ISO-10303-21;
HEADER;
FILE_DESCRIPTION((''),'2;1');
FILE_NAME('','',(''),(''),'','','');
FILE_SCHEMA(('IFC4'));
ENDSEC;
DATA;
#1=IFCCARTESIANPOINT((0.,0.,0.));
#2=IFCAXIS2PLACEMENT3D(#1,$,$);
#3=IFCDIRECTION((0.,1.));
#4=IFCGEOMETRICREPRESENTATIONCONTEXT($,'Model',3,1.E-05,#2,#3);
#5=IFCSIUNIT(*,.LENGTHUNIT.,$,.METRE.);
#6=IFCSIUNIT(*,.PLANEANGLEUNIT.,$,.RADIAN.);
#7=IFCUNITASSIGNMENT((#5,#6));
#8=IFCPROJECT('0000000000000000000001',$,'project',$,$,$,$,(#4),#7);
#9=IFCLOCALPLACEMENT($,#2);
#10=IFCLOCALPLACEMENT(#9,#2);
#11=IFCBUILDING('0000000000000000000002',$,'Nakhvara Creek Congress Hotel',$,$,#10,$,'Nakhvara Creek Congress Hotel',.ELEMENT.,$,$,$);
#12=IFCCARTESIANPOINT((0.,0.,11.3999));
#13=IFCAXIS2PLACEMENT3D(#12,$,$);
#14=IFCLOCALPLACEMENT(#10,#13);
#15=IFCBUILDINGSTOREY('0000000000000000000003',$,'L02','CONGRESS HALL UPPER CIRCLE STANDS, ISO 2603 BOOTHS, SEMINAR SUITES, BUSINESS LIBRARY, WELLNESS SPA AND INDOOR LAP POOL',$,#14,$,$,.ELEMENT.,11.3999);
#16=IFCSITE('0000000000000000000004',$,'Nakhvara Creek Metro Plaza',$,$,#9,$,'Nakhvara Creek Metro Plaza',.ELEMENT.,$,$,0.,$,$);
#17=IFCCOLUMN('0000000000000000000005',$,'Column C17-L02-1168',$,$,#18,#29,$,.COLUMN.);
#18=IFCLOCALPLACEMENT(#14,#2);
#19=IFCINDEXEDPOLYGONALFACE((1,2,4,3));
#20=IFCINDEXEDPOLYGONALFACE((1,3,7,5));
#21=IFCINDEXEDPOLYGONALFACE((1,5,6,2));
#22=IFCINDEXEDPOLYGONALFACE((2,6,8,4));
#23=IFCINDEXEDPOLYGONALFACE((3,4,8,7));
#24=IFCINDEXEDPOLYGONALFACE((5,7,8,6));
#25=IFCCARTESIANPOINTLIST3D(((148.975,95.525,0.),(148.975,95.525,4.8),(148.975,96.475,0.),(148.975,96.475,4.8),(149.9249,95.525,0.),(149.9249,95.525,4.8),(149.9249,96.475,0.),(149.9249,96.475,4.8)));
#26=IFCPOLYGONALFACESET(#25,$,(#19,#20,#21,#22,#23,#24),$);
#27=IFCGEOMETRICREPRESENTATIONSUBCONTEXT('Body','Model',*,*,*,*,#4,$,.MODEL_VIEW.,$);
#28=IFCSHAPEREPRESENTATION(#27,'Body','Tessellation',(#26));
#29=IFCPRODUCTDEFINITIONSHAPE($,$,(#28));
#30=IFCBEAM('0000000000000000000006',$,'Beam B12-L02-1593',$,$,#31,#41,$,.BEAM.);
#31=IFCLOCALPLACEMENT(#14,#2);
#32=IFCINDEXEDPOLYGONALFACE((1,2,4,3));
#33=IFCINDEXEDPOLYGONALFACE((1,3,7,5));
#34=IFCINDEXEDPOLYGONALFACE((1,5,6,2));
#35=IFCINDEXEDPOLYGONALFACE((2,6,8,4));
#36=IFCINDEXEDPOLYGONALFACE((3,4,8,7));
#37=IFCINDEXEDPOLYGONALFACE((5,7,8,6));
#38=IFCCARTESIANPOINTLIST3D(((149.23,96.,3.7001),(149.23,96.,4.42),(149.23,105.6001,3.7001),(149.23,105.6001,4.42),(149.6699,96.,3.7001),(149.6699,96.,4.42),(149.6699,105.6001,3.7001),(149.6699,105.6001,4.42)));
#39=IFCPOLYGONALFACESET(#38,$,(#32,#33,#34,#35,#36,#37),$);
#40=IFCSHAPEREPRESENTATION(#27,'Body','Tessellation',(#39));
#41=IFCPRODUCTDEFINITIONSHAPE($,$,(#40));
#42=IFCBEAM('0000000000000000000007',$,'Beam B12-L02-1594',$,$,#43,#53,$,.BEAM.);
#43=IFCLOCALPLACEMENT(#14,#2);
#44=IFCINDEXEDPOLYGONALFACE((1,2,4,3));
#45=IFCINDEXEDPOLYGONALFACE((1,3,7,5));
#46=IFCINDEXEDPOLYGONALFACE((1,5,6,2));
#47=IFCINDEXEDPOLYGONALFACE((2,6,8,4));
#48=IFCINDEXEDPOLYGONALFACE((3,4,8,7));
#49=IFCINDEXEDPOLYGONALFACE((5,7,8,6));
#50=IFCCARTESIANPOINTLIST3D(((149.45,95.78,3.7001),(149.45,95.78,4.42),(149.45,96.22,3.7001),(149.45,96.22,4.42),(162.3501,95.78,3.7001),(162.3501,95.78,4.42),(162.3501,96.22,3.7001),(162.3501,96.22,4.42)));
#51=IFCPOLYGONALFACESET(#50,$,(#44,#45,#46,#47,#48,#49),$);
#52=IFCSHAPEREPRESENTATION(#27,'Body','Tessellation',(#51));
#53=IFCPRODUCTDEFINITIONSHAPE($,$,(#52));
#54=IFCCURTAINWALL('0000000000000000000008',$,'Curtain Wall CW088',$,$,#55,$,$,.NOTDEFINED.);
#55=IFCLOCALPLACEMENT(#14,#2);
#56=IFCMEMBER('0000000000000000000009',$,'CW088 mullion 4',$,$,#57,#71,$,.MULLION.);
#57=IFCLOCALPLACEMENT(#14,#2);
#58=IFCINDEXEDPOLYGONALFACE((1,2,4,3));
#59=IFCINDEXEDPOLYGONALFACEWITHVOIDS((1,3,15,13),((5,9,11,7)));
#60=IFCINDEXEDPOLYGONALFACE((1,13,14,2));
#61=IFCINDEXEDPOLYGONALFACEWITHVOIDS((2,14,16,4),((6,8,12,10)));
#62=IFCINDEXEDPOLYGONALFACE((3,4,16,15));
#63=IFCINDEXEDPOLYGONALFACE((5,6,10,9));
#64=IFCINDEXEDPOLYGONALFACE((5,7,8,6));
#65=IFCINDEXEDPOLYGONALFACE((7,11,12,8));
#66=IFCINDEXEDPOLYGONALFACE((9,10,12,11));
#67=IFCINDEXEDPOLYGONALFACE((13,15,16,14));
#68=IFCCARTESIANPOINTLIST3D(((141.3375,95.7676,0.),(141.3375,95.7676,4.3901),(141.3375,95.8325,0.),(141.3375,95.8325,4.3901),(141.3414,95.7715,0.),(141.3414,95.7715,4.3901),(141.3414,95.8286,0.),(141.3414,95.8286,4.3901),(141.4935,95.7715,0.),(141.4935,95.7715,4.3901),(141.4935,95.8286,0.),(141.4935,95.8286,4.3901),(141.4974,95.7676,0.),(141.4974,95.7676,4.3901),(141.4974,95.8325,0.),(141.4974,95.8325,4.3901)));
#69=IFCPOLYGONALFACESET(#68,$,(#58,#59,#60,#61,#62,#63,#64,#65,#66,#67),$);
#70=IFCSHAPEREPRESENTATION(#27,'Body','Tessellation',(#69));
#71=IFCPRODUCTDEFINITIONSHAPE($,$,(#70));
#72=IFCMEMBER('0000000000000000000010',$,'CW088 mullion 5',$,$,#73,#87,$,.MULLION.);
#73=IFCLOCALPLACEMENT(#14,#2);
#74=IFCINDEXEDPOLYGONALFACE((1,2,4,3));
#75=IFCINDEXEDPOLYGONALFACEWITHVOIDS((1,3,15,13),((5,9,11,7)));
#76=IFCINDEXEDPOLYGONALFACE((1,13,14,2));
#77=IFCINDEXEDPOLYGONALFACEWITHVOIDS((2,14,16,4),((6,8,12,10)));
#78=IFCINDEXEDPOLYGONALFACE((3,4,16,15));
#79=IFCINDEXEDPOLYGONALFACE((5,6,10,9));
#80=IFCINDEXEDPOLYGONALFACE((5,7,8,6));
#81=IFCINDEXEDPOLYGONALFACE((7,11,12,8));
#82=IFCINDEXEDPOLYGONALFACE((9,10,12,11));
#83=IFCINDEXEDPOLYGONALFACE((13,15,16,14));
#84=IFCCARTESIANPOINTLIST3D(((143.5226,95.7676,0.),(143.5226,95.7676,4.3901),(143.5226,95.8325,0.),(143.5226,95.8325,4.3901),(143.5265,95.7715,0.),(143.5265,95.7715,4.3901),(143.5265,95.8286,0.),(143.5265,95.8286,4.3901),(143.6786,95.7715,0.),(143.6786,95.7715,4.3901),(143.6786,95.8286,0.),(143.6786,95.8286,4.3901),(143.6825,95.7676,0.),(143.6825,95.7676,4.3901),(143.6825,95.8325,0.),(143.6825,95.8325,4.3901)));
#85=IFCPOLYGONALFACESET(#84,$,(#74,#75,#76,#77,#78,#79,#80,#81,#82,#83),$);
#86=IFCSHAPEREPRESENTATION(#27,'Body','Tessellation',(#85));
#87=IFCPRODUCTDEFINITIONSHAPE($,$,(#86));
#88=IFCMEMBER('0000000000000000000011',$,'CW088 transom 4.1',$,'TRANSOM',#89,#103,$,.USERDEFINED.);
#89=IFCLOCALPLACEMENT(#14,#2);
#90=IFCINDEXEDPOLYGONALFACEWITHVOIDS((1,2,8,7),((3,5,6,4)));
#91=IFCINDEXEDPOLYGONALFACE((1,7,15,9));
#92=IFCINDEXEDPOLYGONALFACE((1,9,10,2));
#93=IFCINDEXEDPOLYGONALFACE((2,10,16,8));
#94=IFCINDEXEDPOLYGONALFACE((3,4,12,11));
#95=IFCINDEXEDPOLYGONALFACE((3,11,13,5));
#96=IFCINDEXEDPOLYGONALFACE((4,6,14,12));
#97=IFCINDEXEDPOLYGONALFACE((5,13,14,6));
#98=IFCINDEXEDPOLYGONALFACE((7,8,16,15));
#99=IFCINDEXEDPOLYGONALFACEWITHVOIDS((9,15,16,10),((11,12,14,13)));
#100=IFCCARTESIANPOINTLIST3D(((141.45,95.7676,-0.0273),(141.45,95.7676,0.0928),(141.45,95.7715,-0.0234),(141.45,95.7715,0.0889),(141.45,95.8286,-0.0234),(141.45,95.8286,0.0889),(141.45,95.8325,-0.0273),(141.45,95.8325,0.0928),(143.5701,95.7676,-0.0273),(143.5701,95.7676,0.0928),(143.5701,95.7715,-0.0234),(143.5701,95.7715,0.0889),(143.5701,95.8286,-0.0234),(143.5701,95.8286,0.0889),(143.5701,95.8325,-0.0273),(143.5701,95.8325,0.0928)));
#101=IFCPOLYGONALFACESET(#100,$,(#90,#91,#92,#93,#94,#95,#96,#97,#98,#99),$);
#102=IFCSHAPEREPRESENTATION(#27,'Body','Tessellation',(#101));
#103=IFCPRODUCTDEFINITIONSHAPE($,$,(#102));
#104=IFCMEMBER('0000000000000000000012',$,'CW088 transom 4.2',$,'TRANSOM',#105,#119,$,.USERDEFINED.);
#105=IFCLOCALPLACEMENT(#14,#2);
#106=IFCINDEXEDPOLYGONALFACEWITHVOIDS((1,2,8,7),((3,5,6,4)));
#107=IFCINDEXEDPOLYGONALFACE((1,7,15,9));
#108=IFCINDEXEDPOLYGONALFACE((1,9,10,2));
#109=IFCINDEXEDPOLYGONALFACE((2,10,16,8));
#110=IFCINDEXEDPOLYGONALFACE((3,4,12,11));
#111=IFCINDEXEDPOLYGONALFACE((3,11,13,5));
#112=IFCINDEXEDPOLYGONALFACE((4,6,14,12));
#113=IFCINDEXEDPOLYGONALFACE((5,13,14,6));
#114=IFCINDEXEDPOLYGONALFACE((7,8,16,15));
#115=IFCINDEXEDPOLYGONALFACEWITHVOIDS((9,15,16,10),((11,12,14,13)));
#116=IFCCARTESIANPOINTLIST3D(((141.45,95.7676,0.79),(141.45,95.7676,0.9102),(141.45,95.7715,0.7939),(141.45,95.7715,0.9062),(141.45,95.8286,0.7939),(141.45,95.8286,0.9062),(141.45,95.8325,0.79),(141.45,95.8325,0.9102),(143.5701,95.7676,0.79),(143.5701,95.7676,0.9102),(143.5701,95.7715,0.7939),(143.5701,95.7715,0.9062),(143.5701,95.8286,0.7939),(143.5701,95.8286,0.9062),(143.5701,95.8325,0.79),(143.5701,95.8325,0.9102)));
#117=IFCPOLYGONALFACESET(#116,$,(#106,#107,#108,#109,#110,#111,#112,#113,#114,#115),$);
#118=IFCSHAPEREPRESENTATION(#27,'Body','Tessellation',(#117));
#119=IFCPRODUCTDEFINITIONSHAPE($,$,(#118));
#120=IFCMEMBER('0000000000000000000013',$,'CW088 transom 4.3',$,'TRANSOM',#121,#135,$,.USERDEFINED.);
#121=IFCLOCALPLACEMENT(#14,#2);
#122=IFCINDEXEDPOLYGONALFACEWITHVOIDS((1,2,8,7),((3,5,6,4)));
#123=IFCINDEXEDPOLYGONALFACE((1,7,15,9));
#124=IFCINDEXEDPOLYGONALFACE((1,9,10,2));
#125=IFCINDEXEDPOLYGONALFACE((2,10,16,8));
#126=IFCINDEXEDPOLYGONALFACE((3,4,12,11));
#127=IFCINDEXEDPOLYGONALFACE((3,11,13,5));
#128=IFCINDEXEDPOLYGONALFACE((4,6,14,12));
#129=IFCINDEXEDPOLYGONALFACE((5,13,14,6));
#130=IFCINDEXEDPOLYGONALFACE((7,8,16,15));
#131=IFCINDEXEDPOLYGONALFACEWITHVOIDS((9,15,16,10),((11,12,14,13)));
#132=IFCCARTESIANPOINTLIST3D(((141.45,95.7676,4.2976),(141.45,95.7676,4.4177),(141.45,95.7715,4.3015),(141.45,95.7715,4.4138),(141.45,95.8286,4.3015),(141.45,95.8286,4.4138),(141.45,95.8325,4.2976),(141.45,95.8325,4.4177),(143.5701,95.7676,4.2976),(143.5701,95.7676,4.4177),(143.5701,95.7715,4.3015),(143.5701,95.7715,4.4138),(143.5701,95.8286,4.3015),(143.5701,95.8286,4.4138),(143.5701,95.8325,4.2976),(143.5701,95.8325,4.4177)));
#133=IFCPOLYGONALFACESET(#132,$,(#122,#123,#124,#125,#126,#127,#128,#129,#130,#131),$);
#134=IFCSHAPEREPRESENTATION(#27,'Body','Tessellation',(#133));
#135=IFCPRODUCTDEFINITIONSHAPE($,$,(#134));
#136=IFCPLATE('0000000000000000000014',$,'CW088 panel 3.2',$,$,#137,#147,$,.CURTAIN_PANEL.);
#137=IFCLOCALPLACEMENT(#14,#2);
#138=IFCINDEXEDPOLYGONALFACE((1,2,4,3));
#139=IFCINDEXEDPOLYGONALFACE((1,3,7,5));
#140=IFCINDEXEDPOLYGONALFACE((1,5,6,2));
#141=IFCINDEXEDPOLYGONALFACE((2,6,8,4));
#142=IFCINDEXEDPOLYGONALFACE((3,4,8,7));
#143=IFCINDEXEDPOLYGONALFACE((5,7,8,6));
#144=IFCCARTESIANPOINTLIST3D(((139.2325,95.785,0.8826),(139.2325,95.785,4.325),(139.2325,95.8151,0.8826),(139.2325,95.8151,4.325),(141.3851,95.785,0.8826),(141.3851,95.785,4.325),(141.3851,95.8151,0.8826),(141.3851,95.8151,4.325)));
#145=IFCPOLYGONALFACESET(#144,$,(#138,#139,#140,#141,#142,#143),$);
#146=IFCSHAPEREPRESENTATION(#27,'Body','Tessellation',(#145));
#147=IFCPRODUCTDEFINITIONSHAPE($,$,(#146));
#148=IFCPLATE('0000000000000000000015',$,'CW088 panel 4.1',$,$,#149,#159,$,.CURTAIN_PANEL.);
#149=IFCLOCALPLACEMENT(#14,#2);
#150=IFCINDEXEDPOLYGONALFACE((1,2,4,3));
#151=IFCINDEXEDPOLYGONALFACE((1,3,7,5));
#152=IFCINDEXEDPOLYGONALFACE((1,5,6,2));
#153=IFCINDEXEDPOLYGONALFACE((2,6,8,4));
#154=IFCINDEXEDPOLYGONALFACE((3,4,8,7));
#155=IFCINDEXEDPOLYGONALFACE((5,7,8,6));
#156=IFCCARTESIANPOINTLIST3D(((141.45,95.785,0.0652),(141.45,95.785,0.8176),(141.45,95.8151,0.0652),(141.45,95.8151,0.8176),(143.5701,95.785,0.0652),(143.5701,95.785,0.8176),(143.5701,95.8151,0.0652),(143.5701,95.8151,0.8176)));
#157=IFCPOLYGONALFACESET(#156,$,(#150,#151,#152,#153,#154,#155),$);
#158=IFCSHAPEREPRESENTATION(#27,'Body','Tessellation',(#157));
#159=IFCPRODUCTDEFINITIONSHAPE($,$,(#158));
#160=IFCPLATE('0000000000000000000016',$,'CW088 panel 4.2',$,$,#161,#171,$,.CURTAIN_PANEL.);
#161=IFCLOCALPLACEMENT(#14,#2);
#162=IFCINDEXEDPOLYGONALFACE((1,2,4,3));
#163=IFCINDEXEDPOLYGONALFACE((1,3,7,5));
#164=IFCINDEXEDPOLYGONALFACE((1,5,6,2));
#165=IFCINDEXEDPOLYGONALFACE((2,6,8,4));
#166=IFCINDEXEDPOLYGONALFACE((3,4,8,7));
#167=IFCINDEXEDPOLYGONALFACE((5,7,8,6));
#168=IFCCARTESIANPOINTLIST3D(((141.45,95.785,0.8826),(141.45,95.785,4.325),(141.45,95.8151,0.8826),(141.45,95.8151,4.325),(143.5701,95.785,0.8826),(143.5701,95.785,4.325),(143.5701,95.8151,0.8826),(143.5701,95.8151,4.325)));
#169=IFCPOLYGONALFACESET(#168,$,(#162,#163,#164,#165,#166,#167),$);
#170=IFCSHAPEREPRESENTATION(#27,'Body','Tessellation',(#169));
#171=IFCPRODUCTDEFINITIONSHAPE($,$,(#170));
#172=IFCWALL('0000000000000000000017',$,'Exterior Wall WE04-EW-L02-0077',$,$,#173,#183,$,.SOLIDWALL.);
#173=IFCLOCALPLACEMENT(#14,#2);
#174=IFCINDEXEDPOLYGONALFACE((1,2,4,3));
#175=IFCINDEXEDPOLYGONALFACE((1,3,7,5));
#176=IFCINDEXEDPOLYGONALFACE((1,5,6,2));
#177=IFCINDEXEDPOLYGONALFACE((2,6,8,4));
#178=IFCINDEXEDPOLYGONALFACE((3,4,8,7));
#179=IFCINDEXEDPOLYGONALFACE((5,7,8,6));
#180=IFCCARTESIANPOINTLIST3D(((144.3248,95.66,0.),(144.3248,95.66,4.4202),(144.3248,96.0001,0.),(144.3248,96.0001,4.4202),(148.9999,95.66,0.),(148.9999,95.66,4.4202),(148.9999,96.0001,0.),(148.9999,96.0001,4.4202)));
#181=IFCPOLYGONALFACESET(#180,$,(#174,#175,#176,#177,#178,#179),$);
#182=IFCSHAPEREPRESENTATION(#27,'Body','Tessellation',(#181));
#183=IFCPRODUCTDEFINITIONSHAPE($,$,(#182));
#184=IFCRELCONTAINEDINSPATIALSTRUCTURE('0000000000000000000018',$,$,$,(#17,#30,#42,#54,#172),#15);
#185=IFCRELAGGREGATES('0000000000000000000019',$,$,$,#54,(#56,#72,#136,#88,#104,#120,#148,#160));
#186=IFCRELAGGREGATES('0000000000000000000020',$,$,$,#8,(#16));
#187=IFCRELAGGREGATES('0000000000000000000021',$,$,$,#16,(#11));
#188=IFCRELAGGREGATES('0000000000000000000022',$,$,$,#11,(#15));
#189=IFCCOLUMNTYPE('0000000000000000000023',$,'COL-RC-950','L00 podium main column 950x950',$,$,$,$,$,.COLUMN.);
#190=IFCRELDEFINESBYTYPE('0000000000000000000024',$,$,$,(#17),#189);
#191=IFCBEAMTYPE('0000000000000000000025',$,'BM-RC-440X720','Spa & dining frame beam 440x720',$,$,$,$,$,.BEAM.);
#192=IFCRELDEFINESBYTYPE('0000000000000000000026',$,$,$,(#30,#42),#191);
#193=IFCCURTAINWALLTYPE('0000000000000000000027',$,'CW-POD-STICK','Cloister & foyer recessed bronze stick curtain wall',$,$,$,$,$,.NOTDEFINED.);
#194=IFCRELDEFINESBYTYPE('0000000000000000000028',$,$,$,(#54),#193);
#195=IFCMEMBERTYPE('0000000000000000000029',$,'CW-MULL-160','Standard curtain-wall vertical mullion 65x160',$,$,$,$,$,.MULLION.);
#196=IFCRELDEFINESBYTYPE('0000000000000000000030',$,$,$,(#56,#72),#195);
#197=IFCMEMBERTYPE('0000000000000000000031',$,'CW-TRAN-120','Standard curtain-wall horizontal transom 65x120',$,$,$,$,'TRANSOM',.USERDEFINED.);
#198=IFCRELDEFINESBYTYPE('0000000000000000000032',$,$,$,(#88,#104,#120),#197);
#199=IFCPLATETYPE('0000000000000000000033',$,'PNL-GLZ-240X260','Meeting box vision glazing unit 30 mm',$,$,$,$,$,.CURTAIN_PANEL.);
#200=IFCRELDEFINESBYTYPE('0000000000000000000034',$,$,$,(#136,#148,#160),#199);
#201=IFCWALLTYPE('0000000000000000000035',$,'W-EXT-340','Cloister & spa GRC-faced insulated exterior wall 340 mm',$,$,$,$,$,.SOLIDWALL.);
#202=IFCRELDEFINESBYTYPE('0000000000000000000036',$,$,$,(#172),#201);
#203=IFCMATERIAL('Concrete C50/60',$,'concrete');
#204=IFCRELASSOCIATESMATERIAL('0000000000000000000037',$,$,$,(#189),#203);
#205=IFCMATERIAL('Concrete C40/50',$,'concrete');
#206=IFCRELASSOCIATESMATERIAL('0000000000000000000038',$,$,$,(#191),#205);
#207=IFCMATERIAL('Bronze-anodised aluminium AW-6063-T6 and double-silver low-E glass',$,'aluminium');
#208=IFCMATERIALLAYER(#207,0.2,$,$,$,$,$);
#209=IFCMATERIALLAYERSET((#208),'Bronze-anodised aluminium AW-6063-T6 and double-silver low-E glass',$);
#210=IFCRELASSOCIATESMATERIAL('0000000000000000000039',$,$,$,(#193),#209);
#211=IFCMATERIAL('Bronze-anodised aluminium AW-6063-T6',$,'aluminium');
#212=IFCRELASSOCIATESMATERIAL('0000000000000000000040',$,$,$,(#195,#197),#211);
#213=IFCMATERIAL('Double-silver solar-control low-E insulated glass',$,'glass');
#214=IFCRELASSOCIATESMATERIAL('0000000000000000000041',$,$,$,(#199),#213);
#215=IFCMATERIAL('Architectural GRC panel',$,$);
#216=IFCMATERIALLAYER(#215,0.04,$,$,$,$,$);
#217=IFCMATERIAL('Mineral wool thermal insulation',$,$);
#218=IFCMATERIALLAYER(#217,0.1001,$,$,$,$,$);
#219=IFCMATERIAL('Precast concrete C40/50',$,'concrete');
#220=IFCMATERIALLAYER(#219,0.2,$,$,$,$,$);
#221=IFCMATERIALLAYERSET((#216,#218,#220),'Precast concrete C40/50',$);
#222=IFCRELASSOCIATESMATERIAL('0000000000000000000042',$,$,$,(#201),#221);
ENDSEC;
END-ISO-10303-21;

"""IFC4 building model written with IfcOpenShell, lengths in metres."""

from ifc_helpers import new_model, si_unit, direction, frame, frame_2d, origin, origin_2d, place, context, subcontext, project, spatial, rectangle, hollow_rectangle, extrude, material, layer, layer_set, material_profile, profile_set, type_object, element, aggregate, save


model = new_model("IFC4")

# Units and contexts
model_context = context("Model", 3, precision=1e-05, world=origin(), true_north=direction((0.0, 1.0)))
body_context = subcontext(model_context, "Body", "Model", "MODEL_VIEW")
ifc_project = project(units=[si_unit("LENGTHUNIT", "METRE"), si_unit("PLANEANGLEUNIT", "RADIAN")], contexts=[model_context])

# Site, building, storey
site_placement = place(None, origin())
site = spatial("IfcSite", under=ifc_project, at=site_placement, Name="Nakhvara Creek Metro Plaza", LongName="Nakhvara Creek Metro Plaza", CompositionType="ELEMENT", RefElevation=0.0)
building_placement = place(site_placement, origin())
building = spatial("IfcBuilding", under=site, at=building_placement, Name="Nakhvara Creek Congress Hotel", LongName="Nakhvara Creek Congress Hotel", CompositionType="ELEMENT")
storey_placement = place(building_placement, frame((0.0, 0.0, 11.3999)))
storey = spatial("IfcBuildingStorey", under=building, at=storey_placement, Name="L02", Description="CONGRESS HALL UPPER CIRCLE STANDS, ISO 2603 BOOTHS, SEMINAR SUITES, BUSINESS LIBRARY, WELLNESS SPA AND INDOOR LAP POOL", CompositionType="ELEMENT", Elevation=11.3999)

# Column
ifc_material_1 = material(Name="Concrete C50/60", Category="concrete")
ifc_material_profile_1 = material_profile(ifc_material_1, rectangle(XDim=0.95, YDim=0.95, at=origin_2d()), Name="RC-COL 950x950", Category="LoadBearing")
ifc_profile_set_1 = profile_set([ifc_material_profile_1], Name="Concrete C50/60")
column_type = type_object("IfcColumnType", Name="COL-RC-950", Description="L00 podium main column 950x950", PredefinedType="COLUMN", material=ifc_profile_set_1)
column_placement = place(storey_placement, frame((149.45, 96.0, 0.0), z_axis=(0.0, 0.0, 1.0), x_axis=(1.0, 0.0, 0.0)))
element("IfcColumn", 1, at=column_placement, inside=storey, type_object=column_type, Name="Column C17-L02-1168", PredefinedType="COLUMN", context=body_context, shape_type="SweptSolid", body=[
    extrude(rectangle(XDim=0.95, YDim=0.95, at=origin_2d()), origin(), (0.0, 0.0, 1.0), 4.8),
])

# Beams
ifc_material_2 = material(Name="Concrete C40/50", Category="concrete")
ifc_material_profile_2 = material_profile(ifc_material_2, rectangle(XDim=0.4399, YDim=0.72, at=origin_2d()), Name="RC-BM 440x720", Category="LoadBearing")
ifc_profile_set_2 = profile_set([ifc_material_profile_2], Name="Concrete C40/50")
beam_type = type_object("IfcBeamType", Name="BM-RC-440X720", Description="Spa & dining frame beam 440x720", PredefinedType="BEAM", material=ifc_profile_set_2)
beam_1_placement = place(storey_placement, frame((149.45, 96.0, 4.0601), z_axis=(0.0, 1.0, 0.0), x_axis=(-1.0, 0.0, 0.0)))
element("IfcBeam", 2, at=beam_1_placement, inside=storey, type_object=beam_type, Name="Beam B12-L02-1593", PredefinedType="BEAM", context=body_context, shape_type="SweptSolid", body=[
    extrude(rectangle(XDim=0.4399, YDim=0.72, at=origin_2d()), origin(), (0.0, 0.0, 1.0), 9.6001),
])
beam_2_placement = place(storey_placement, frame((149.45, 96.0, 4.0601), z_axis=(1.0, 0.0, 0.0), x_axis=(0.0, 1.0, 0.0)))
element("IfcBeam", 3, at=beam_2_placement, inside=storey, type_object=beam_type, Name="Beam B12-L02-1594", PredefinedType="BEAM", context=body_context, shape_type="SweptSolid", body=[
    extrude(rectangle(XDim=0.4399, YDim=0.72, at=origin_2d()), origin(), (0.0, 0.0, 1.0), 12.9001),
])

# Curtain wall, members, plates
ifc_material_3 = material(Name="Bronze-anodised aluminium AW-6063-T6 and double-silver low-E glass", Category="aluminium")
ifc_layer_1 = layer(ifc_material_3, 0.2)
ifc_layer_set_1 = layer_set([ifc_layer_1], Name="Bronze-anodised aluminium AW-6063-T6 and double-silver low-E glass")
curtain_wall_type = type_object("IfcCurtainWallType", Name="CW-POD-STICK", Description="Cloister & foyer recessed bronze stick curtain wall", PredefinedType="NOTDEFINED", material=ifc_layer_set_1)
curtain_wall_placement = place(storey_placement, origin())
curtain_wall = element("IfcCurtainWall", 4, at=curtain_wall_placement, inside=storey, type_object=curtain_wall_type, Name="Curtain Wall CW088", PredefinedType="NOTDEFINED")
ifc_material_4 = material(Name="Bronze-anodised aluminium AW-6063-T6", Category="aluminium")
ifc_material_profile_3 = material_profile(ifc_material_4, hollow_rectangle(XDim=0.0649, YDim=0.1599, WallThickness=0.0039, at=origin_2d()), Name="ALU-MULL 65x160x4", Category="LoadBearing")
ifc_profile_set_3 = profile_set([ifc_material_profile_3], Name="Bronze-anodised aluminium AW-6063-T6")
member_type_1 = type_object("IfcMemberType", Name="CW-MULL-160", Description="Standard curtain-wall vertical mullion 65x160", PredefinedType="MULLION", material=ifc_profile_set_3)
member_1_placement = place(storey_placement, frame((141.4175, 95.8, 0.0), z_axis=(0.0, 0.0, 1.0), x_axis=(0.0, 1.0, 0.0)))
member_1 = element("IfcMember", 5, at=member_1_placement, type_object=member_type_1, Name="CW088 mullion 4", PredefinedType="MULLION", context=body_context, shape_type="SweptSolid", body=[
    extrude(hollow_rectangle(XDim=0.0649, YDim=0.1599, WallThickness=0.0039, at=origin_2d()), origin(), (0.0, 0.0, 1.0), 4.3901),
])
member_2_placement = place(storey_placement, frame((143.6025, 95.8, 0.0), z_axis=(0.0, 0.0, 1.0), x_axis=(0.0, 1.0, 0.0)))
member_2 = element("IfcMember", 6, at=member_2_placement, type_object=member_type_1, Name="CW088 mullion 5", PredefinedType="MULLION", context=body_context, shape_type="SweptSolid", body=[
    extrude(hollow_rectangle(XDim=0.0649, YDim=0.1599, WallThickness=0.0039, at=origin_2d()), origin(), (0.0, 0.0, 1.0), 4.3901),
])
ifc_material_profile_4 = material_profile(ifc_material_4, hollow_rectangle(XDim=0.0649, YDim=0.1201, WallThickness=0.0039, at=origin_2d()), Name="ALU-TRAN 65x120x4", Category="LoadBearing")
ifc_profile_set_4 = profile_set([ifc_material_profile_4], Name="Bronze-anodised aluminium AW-6063-T6")
member_type_2 = type_object("IfcMemberType", Name="CW-TRAN-120", Description="Standard curtain-wall horizontal transom 65x120", ElementType="TRANSOM", PredefinedType="USERDEFINED", material=ifc_profile_set_4)
member_3_placement = place(storey_placement, frame((141.45, 95.8, 0.0327), z_axis=(1.0, 0.0, 0.0), x_axis=(0.0, 1.0, 0.0)))
member_3 = element("IfcMember", 7, at=member_3_placement, type_object=member_type_2, Name="CW088 transom 4.1", ObjectType="TRANSOM", PredefinedType="USERDEFINED", context=body_context, shape_type="SweptSolid", body=[
    extrude(hollow_rectangle(XDim=0.0649, YDim=0.1201, WallThickness=0.0039, at=origin_2d()), origin(), (0.0, 0.0, 1.0), 2.1201),
])
member_4_placement = place(storey_placement, frame((141.45, 95.8, 0.8501), z_axis=(1.0, 0.0, 0.0), x_axis=(0.0, 1.0, 0.0)))
member_4 = element("IfcMember", 8, at=member_4_placement, type_object=member_type_2, Name="CW088 transom 4.2", ObjectType="TRANSOM", PredefinedType="USERDEFINED", context=body_context, shape_type="SweptSolid", body=[
    extrude(hollow_rectangle(XDim=0.0649, YDim=0.1201, WallThickness=0.0039, at=origin_2d()), origin(), (0.0, 0.0, 1.0), 2.1201),
])
member_5_placement = place(storey_placement, frame((141.45, 95.8, 4.3577), z_axis=(1.0, 0.0, 0.0), x_axis=(0.0, 1.0, 0.0)))
member_5 = element("IfcMember", 9, at=member_5_placement, type_object=member_type_2, Name="CW088 transom 4.3", ObjectType="TRANSOM", PredefinedType="USERDEFINED", context=body_context, shape_type="SweptSolid", body=[
    extrude(hollow_rectangle(XDim=0.0649, YDim=0.1201, WallThickness=0.0039, at=origin_2d()), origin(), (0.0, 0.0, 1.0), 2.1201),
])
ifc_material_5 = material(Name="Double-silver solar-control low-E insulated glass", Category="glass")
plate_type = type_object("IfcPlateType", Name="PNL-GLZ-240X260", Description="Meeting box vision glazing unit 30 mm", PredefinedType="CURTAIN_PANEL", material=ifc_material_5)
plate_1_placement = place(storey_placement, frame((140.3088, 95.8, 0.8826), z_axis=(0.0, 0.0, 1.0), x_axis=(1.0, 0.0, 0.0)))
plate_1 = element("IfcPlate", 10, at=plate_1_placement, type_object=plate_type, Name="CW088 panel 3.2", PredefinedType="CURTAIN_PANEL", context=body_context, shape_type="SweptSolid", body=[
    extrude(rectangle(XDim=2.1526, YDim=0.03, at=origin_2d()), origin(), (0.0, 0.0, 1.0), 3.4424),
])
plate_2_placement = place(storey_placement, frame((142.51, 95.8, 0.0652), z_axis=(0.0, 0.0, 1.0), x_axis=(1.0, 0.0, 0.0)))
plate_2 = element("IfcPlate", 11, at=plate_2_placement, type_object=plate_type, Name="CW088 panel 4.1", PredefinedType="CURTAIN_PANEL", context=body_context, shape_type="SweptSolid", body=[
    extrude(rectangle(XDim=2.1201, YDim=0.03, at=origin_2d()), origin(), (0.0, 0.0, 1.0), 0.7524),
])
plate_3_placement = place(storey_placement, frame((142.51, 95.8, 0.8826), z_axis=(0.0, 0.0, 1.0), x_axis=(1.0, 0.0, 0.0)))
plate_3 = element("IfcPlate", 12, at=plate_3_placement, type_object=plate_type, Name="CW088 panel 4.2", PredefinedType="CURTAIN_PANEL", context=body_context, shape_type="SweptSolid", body=[
    extrude(rectangle(XDim=2.1201, YDim=0.03, at=origin_2d()), origin(), (0.0, 0.0, 1.0), 3.4424),
])
aggregate(curtain_wall, [member_1, member_2, plate_1, member_3, member_4, member_5, plate_2, plate_3])

# Wall
ifc_material_6 = material(Name="Architectural GRC panel")
ifc_layer_2 = layer(ifc_material_6, 0.04)
ifc_material_7 = material(Name="Mineral wool thermal insulation")
ifc_layer_3 = layer(ifc_material_7, 0.1001)
ifc_material_8 = material(Name="Precast concrete C40/50", Category="concrete")
ifc_layer_4 = layer(ifc_material_8, 0.2)
ifc_layer_set_2 = layer_set([ifc_layer_2, ifc_layer_3, ifc_layer_4], Name="Precast concrete C40/50")
wall_type = type_object("IfcWallType", Name="W-EXT-340", Description="Cloister & spa GRC-faced insulated exterior wall 340 mm", PredefinedType="SOLIDWALL", material=ifc_layer_set_2)
wall_placement = place(storey_placement, frame((144.325, 95.8301, 0.0), z_axis=(0.0, 0.0, 1.0), x_axis=(1.0, 0.0, 0.0)))
element("IfcWall", 13, at=wall_placement, inside=storey, type_object=wall_type, Name="Exterior Wall WE04-EW-L02-0077", PredefinedType="SOLIDWALL", context=body_context, shape_type="SweptSolid", body=[
    extrude(rectangle(XDim=4.675, YDim=0.3401, at=frame_2d((2.3374, 0.0))), origin(), (0.0, 0.0, 1.0), 4.4202),
])

save(model, "model.ifc")
